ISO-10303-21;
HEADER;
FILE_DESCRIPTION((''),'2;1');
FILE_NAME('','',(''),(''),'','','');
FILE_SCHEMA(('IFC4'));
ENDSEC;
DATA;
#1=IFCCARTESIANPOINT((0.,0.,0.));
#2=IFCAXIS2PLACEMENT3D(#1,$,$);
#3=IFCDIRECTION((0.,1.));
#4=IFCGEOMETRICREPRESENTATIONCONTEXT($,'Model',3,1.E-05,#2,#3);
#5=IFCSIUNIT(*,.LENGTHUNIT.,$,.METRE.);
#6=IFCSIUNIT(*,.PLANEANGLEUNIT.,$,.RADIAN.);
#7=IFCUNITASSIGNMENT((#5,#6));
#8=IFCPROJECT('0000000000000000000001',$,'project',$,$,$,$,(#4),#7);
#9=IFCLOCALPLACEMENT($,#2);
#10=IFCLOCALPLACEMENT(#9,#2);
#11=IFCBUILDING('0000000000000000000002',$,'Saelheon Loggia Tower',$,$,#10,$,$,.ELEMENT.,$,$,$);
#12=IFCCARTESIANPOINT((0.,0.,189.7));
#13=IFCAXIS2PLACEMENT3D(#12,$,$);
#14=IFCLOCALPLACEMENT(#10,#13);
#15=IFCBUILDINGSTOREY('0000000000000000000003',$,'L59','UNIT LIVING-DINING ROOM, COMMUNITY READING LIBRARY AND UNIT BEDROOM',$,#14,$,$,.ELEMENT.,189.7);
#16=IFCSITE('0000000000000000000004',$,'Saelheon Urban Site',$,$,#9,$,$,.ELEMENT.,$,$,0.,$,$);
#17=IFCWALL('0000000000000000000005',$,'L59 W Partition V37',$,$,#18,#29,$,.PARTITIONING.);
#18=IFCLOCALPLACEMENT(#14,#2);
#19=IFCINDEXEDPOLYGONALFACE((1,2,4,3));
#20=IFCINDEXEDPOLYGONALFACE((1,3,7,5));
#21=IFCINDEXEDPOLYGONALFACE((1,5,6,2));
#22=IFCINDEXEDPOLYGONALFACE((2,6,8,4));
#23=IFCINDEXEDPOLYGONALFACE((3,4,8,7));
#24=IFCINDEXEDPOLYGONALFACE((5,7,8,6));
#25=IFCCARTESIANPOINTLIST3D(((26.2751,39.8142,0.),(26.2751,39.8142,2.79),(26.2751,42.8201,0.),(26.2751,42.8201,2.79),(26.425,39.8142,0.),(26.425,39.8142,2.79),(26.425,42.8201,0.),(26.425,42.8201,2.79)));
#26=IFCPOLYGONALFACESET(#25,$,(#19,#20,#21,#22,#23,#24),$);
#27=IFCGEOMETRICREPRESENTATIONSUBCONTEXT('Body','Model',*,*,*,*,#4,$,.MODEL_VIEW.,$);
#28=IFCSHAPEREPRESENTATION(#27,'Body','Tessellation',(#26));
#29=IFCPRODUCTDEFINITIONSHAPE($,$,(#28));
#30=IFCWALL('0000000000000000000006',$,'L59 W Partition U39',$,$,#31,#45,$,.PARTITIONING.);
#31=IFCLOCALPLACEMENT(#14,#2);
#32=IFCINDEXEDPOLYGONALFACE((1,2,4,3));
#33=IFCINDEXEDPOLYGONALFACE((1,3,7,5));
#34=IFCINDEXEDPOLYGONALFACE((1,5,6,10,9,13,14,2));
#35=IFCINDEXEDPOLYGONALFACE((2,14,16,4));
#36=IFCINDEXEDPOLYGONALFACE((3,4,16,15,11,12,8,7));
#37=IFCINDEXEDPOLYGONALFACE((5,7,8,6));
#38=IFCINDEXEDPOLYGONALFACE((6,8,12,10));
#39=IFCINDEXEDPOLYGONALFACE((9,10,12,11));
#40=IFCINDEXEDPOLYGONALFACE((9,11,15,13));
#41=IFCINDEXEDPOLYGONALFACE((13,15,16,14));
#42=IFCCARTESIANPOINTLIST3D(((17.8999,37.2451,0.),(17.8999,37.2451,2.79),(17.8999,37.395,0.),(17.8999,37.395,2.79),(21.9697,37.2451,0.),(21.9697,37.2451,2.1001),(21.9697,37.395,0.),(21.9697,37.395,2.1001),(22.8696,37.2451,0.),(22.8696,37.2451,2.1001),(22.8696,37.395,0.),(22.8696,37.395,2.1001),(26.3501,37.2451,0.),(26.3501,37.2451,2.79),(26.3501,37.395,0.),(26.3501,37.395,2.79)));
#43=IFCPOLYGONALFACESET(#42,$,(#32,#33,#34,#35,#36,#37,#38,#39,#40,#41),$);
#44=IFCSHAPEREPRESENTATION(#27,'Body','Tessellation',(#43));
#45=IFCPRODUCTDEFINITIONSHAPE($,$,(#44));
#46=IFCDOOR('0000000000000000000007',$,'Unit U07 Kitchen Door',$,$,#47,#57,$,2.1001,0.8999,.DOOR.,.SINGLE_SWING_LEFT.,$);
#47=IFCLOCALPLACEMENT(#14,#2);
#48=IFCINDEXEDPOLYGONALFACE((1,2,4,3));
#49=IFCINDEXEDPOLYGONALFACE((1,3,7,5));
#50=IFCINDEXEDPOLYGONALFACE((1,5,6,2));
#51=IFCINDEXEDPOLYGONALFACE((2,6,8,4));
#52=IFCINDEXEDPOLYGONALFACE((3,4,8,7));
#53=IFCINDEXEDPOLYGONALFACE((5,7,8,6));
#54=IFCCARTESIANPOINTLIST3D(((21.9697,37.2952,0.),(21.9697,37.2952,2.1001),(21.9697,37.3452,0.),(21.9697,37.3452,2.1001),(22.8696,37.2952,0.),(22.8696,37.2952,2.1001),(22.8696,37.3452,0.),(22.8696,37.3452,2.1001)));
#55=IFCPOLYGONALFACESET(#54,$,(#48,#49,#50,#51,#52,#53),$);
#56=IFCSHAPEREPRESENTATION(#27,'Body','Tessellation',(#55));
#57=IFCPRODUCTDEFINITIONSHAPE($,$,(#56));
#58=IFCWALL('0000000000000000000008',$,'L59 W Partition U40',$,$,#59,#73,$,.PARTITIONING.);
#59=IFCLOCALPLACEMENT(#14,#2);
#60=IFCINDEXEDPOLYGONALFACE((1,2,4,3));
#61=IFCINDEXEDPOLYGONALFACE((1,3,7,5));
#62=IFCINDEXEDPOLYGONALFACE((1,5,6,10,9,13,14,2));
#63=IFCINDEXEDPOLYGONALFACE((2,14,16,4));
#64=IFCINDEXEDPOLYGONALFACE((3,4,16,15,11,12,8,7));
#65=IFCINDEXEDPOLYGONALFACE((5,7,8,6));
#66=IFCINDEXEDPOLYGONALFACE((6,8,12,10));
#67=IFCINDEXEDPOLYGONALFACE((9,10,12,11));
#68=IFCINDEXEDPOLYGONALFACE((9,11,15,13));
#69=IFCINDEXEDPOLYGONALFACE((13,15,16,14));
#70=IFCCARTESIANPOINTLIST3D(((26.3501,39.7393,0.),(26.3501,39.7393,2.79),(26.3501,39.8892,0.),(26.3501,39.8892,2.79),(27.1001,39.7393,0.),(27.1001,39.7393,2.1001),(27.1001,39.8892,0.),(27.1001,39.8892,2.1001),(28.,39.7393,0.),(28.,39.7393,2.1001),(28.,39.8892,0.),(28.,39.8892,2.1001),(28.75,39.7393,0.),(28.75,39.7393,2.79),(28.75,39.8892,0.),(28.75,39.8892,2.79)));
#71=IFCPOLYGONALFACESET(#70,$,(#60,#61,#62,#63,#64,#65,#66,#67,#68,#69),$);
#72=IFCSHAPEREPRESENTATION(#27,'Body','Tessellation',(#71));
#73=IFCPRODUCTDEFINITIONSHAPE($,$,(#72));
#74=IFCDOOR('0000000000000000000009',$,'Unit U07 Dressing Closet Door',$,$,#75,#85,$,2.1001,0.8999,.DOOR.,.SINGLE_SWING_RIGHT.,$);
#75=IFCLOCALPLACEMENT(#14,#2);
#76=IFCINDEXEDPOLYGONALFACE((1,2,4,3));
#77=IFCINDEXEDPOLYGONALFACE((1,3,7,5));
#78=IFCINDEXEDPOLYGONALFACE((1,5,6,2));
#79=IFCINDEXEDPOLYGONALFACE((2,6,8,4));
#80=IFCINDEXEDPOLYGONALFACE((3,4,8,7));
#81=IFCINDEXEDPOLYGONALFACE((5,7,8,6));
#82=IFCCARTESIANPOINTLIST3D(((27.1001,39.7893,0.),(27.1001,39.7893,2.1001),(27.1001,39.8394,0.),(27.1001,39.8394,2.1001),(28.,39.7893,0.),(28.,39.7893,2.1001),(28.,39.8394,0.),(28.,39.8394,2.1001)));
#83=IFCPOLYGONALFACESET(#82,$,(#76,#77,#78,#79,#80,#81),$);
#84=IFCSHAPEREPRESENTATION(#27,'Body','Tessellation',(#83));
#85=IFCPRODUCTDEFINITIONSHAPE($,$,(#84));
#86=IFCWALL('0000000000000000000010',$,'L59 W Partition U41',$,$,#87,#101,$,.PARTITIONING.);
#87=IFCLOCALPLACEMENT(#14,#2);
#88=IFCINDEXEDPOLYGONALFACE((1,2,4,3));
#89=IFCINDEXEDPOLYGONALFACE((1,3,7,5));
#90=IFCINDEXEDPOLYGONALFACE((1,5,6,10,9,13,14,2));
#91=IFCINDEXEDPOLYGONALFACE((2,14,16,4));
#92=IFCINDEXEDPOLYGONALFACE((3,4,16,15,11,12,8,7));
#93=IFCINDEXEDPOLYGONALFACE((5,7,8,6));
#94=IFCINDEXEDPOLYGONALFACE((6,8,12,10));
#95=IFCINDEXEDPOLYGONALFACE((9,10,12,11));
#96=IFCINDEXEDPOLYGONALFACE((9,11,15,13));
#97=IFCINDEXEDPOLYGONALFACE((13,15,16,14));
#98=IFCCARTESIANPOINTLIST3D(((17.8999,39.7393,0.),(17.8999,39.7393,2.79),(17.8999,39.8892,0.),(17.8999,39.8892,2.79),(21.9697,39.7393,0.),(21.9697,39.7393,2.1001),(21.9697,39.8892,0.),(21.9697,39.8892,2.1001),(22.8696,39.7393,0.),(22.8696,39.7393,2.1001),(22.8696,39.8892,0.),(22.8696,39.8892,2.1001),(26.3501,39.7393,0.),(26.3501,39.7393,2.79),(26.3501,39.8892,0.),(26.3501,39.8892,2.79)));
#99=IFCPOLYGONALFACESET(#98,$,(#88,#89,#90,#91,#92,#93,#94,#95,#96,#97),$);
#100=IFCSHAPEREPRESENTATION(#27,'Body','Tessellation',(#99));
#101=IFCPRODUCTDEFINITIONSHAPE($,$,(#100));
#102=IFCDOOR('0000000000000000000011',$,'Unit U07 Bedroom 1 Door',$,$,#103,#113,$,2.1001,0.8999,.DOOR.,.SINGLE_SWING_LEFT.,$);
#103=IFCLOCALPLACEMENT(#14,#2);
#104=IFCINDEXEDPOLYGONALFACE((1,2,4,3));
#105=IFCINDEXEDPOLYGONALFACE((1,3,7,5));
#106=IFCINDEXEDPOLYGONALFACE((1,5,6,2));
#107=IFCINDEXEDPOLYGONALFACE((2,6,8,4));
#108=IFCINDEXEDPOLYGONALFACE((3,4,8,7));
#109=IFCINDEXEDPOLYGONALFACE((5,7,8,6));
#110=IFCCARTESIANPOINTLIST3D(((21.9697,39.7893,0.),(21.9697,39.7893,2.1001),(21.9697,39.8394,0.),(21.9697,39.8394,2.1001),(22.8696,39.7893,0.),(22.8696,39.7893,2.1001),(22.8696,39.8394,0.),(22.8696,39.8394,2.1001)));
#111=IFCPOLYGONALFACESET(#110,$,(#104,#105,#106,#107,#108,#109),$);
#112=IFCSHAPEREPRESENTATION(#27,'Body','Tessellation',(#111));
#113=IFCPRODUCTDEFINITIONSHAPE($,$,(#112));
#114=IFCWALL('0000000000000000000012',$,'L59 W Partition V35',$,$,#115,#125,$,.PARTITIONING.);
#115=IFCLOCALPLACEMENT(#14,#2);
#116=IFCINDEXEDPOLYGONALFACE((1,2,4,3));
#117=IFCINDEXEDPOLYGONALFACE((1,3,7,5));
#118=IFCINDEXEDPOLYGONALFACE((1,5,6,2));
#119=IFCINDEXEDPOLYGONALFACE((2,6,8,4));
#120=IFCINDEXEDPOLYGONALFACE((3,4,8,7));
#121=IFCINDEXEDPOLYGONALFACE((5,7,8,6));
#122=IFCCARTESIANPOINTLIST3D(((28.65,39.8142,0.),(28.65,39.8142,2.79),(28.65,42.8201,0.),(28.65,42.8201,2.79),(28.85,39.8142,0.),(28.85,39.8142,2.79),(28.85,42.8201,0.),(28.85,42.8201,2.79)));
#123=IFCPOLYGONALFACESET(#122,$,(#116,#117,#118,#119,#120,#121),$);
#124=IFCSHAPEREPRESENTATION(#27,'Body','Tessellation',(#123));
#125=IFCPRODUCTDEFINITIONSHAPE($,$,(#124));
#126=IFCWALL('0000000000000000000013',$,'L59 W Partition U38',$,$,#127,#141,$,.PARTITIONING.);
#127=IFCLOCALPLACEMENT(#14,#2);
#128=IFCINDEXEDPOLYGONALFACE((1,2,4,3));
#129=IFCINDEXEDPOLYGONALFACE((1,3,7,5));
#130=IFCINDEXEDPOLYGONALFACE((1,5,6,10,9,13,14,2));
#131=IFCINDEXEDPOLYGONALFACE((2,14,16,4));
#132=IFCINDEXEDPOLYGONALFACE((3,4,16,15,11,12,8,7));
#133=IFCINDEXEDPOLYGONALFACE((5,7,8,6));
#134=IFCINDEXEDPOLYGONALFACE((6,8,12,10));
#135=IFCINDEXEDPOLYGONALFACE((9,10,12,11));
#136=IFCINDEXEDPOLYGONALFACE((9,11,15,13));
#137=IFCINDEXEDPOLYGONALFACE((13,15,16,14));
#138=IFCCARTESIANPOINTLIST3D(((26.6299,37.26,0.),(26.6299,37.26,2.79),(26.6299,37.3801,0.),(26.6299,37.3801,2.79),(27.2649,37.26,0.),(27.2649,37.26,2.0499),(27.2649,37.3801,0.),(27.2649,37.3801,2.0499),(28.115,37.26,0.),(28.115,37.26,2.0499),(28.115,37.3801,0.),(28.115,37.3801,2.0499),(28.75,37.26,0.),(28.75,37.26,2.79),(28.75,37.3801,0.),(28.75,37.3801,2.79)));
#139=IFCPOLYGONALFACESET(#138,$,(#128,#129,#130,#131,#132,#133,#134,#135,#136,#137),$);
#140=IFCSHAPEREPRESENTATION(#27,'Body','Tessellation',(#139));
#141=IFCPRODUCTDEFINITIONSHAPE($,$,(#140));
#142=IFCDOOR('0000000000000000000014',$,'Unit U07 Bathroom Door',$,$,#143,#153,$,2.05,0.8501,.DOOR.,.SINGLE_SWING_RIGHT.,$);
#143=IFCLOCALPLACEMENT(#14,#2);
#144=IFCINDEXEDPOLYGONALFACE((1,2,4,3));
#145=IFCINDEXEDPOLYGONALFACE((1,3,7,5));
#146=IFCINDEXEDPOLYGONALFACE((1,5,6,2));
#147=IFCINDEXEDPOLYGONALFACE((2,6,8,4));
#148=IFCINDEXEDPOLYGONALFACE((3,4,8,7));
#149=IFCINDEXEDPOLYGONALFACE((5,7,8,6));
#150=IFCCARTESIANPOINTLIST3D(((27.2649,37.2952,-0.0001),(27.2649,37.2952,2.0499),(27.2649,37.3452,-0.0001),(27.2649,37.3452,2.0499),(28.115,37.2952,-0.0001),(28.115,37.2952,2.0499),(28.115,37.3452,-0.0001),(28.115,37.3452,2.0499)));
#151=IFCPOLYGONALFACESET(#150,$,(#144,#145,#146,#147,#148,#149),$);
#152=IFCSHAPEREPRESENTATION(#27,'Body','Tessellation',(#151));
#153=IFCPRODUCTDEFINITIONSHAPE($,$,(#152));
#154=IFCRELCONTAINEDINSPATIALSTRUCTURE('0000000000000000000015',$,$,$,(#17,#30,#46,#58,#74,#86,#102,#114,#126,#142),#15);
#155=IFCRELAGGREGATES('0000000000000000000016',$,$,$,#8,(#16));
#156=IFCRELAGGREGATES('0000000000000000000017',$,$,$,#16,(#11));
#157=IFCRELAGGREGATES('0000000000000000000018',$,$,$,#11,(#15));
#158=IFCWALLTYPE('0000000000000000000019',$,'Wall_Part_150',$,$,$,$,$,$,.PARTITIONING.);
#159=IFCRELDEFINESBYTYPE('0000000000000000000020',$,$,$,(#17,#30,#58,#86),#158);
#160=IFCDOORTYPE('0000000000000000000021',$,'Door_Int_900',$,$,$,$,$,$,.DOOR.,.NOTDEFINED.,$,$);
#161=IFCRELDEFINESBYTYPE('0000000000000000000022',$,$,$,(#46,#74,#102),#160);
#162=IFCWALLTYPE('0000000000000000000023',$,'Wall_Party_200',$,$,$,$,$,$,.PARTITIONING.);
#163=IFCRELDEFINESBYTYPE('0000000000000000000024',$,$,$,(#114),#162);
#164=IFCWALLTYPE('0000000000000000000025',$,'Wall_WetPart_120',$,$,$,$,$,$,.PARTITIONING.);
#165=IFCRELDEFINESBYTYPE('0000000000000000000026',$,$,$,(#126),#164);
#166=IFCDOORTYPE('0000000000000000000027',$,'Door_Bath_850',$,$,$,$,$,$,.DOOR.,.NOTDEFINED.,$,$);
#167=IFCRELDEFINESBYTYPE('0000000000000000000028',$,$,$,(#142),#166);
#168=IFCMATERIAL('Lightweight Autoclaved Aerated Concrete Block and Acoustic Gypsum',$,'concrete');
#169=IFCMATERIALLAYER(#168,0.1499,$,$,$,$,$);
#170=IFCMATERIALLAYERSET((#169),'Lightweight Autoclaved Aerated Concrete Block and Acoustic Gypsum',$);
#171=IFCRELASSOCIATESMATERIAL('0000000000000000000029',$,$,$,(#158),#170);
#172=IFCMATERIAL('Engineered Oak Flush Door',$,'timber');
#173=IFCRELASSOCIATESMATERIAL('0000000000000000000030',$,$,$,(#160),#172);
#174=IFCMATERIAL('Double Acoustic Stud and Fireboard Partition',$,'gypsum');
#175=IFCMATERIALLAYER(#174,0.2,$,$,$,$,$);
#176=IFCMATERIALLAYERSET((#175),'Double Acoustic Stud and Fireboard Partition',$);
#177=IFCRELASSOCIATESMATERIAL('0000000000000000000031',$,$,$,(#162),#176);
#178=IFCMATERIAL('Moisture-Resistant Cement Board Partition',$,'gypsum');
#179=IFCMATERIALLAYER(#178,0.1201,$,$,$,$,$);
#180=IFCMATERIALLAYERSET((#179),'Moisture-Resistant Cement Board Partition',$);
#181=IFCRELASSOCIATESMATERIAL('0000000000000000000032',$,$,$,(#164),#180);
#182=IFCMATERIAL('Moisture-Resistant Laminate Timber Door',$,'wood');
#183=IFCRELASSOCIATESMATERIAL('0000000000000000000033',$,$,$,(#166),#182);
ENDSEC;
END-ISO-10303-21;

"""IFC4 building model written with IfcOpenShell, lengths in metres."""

from ifc_helpers import new_model, si_unit, direction, frame, frame_2d, origin, place, context, subcontext, project, spatial, rectangle, extrude, source, transform, mapped, material, layer, layer_set, type_object, element, fill, save


model = new_model("IFC4")

# Units and contexts
model_context = context("Model", 3, precision=1e-05, world=origin(), true_north=direction((0.0, 1.0)))
body_context = subcontext(model_context, "Body", "Model", "MODEL_VIEW")
ifc_project = project(units=[si_unit("LENGTHUNIT", "METRE"), si_unit("PLANEANGLEUNIT", "RADIAN")], contexts=[model_context])

# Site, building, storey
site_placement = place(None, origin())
site = spatial("IfcSite", under=ifc_project, at=site_placement, Name="Saelheon Urban Site", CompositionType="ELEMENT", RefElevation=0.0)
building_placement = place(site_placement, origin())
building = spatial("IfcBuilding", under=site, at=building_placement, Name="Saelheon Loggia Tower", CompositionType="ELEMENT")
storey_placement = place(building_placement, frame((0.0, 0.0, 189.7)))
storey = spatial("IfcBuildingStorey", under=building, at=storey_placement, Name="L59", Description="UNIT LIVING-DINING ROOM, COMMUNITY READING LIBRARY AND UNIT BEDROOM", CompositionType="ELEMENT", Elevation=189.7)

# Wall
ifc_material_1 = material(Name="Lightweight Autoclaved Aerated Concrete Block and Acoustic Gypsum", Category="concrete")
ifc_layer_1 = layer(ifc_material_1, 0.1499)
ifc_layer_set_1 = layer_set([ifc_layer_1], Name="Lightweight Autoclaved Aerated Concrete Block and Acoustic Gypsum")
wall_type_1 = type_object("IfcWallType", Name="Wall_Part_150", PredefinedType="PARTITIONING", material=ifc_layer_set_1)
wall_1_placement = place(storey_placement, frame((26.3501, 39.8142, 0.0), z_axis=(0.0, 0.0, 1.0), x_axis=(0.0, 1.0, 0.0)))
element("IfcWall", 1, at=wall_1_placement, inside=storey, type_object=wall_type_1, Name="L59 W Partition V37", PredefinedType="PARTITIONING", context=body_context, shape_type="SweptSolid", body=[
    extrude(rectangle(XDim=3.0059, YDim=0.1499, at=frame_2d((1.5029, 0.0))), origin(), (0.0, 0.0, 1.0), 2.79),
])

# Walls, openings, doors
wall_2_placement = place(storey_placement, frame((26.3501, 37.3201, 0.0), z_axis=(0.0, 0.0, 1.0), x_axis=(-1.0, 0.0, 0.0)))
wall_2 = element("IfcWall", 2, at=wall_2_placement, inside=storey, type_object=wall_type_1, Name="L59 W Partition U39", PredefinedType="PARTITIONING", context=body_context, shape_type="SweptSolid", body=[
    extrude(rectangle(XDim=8.4502, YDim=0.1499, at=frame_2d((4.2251, 0.0))), origin(), (0.0, 0.0, 1.0), 2.79),
])
opening_1_placement = place(wall_2_placement, frame((3.4805, 0.0, 0.0)))
opening_1 = element("IfcOpeningElement", 3, at=opening_1_placement, cuts=wall_2, PredefinedType="OPENING", context=body_context, shape_type="SweptSolid", body=[
    extrude(rectangle(XDim=0.8999, YDim=2.1001, at=frame_2d((0.45, 1.05))), frame((0.0, 0.0869, 0.0), z_axis=(0.0, -1.0, 0.0), x_axis=(1.0, 0.0, 0.0)), (0.0, 0.0, 1.0), 0.1738),
])
ifc_material_2 = material(Name="Engineered Oak Flush Door", Category="timber")
door_type_1 = type_object("IfcDoorType", Name="Door_Int_900", OperationType="NOTDEFINED", PredefinedType="DOOR", material=ifc_material_2)
shared_shape_1 = source(origin(), body_context, "Body", "SweptSolid", [
    extrude(rectangle(XDim=0.8999, YDim=2.1001, at=frame_2d((0.45, 1.05))), frame((0.0, 0.0249, 0.0), z_axis=(0.0, -1.0, 0.0), x_axis=(1.0, 0.0, 0.0)), (0.0, 0.0, 1.0), 0.05),
])
door_1_placement = place(opening_1_placement, origin())
door_1 = element("IfcDoor", 4, at=door_1_placement, inside=storey, type_object=door_type_1, Name="Unit U07 Kitchen Door", OperationType="SINGLE_SWING_LEFT", OverallHeight=2.1001, OverallWidth=0.8999, PredefinedType="DOOR", context=body_context, shape_type="MappedRepresentation", body=[
    mapped(shared_shape_1, transform((0.0, 0.0, 0.0), scale=1.0)),
])
fill(opening_1, door_1)
wall_3_placement = place(storey_placement, frame((28.75, 39.8142, 0.0), z_axis=(0.0, 0.0, 1.0), x_axis=(-1.0, 0.0, 0.0)))
wall_3 = element("IfcWall", 5, at=wall_3_placement, inside=storey, type_object=wall_type_1, Name="L59 W Partition U40", PredefinedType="PARTITIONING", context=body_context, shape_type="SweptSolid", body=[
    extrude(rectangle(XDim=2.3999, YDim=0.1499, at=frame_2d((1.2, 0.0))), origin(), (0.0, 0.0, 1.0), 2.79),
])
opening_2_placement = place(wall_3_placement, frame((0.75, 0.0, 0.0)))
opening_2 = element("IfcOpeningElement", 6, at=opening_2_placement, cuts=wall_3, PredefinedType="OPENING", context=body_context, shape_type="SweptSolid", body=[
    extrude(rectangle(XDim=0.8999, YDim=2.1001, at=frame_2d((0.45, 1.05))), frame((0.0, 0.0869, 0.0), z_axis=(0.0, -1.0, 0.0), x_axis=(1.0, 0.0, 0.0)), (0.0, 0.0, 1.0), 0.1738),
])
door_2_placement = place(opening_2_placement, origin())
door_2 = element("IfcDoor", 7, at=door_2_placement, inside=storey, type_object=door_type_1, Name="Unit U07 Dressing Closet Door", OperationType="SINGLE_SWING_RIGHT", OverallHeight=2.1001, OverallWidth=0.8999, PredefinedType="DOOR", context=body_context, shape_type="MappedRepresentation", body=[
    mapped(shared_shape_1, transform((0.0, 0.0, 0.0), scale=1.0)),
])
fill(opening_2, door_2)
wall_4_placement = place(storey_placement, frame((26.3501, 39.8142, 0.0), z_axis=(0.0, 0.0, 1.0), x_axis=(-1.0, 0.0, 0.0)))
wall_4 = element("IfcWall", 8, at=wall_4_placement, inside=storey, type_object=wall_type_1, Name="L59 W Partition U41", PredefinedType="PARTITIONING", context=body_context, shape_type="SweptSolid", body=[
    extrude(rectangle(XDim=8.4502, YDim=0.1499, at=frame_2d((4.2251, 0.0))), origin(), (0.0, 0.0, 1.0), 2.79),
])
opening_3_placement = place(wall_4_placement, frame((3.4805, 0.0, 0.0)))
opening_3 = element("IfcOpeningElement", 9, at=opening_3_placement, cuts=wall_4, PredefinedType="OPENING", context=body_context, shape_type="SweptSolid", body=[
    extrude(rectangle(XDim=0.8999, YDim=2.1001, at=frame_2d((0.45, 1.05))), frame((0.0, 0.0869, 0.0), z_axis=(0.0, -1.0, 0.0), x_axis=(1.0, 0.0, 0.0)), (0.0, 0.0, 1.0), 0.1738),
])
door_3_placement = place(opening_3_placement, origin())
door_3 = element("IfcDoor", 10, at=door_3_placement, inside=storey, type_object=door_type_1, Name="Unit U07 Bedroom 1 Door", OperationType="SINGLE_SWING_LEFT", OverallHeight=2.1001, OverallWidth=0.8999, PredefinedType="DOOR", context=body_context, shape_type="MappedRepresentation", body=[
    mapped(shared_shape_1, transform((0.0, 0.0, 0.0), scale=1.0)),
])
fill(opening_3, door_3)
ifc_material_3 = material(Name="Double Acoustic Stud and Fireboard Partition", Category="gypsum")
ifc_layer_2 = layer(ifc_material_3, 0.2)
ifc_layer_set_2 = layer_set([ifc_layer_2], Name="Double Acoustic Stud and Fireboard Partition")
wall_type_2 = type_object("IfcWallType", Name="Wall_Party_200", PredefinedType="PARTITIONING", material=ifc_layer_set_2)

# Wall
wall_5_placement = place(storey_placement, frame((28.75, 39.8142, 0.0), z_axis=(0.0, 0.0, 1.0), x_axis=(0.0, 1.0, 0.0)))
element("IfcWall", 11, at=wall_5_placement, inside=storey, type_object=wall_type_2, Name="L59 W Partition V35", PredefinedType="PARTITIONING", context=body_context, shape_type="SweptSolid", body=[
    extrude(rectangle(XDim=3.0059, YDim=0.2, at=frame_2d((1.5029, 0.0))), origin(), (0.0, 0.0, 1.0), 2.79),
])

# Wall, opening, door
ifc_material_4 = material(Name="Moisture-Resistant Cement Board Partition", Category="gypsum")
ifc_layer_3 = layer(ifc_material_4, 0.1201)
ifc_layer_set_3 = layer_set([ifc_layer_3], Name="Moisture-Resistant Cement Board Partition")
wall_type_3 = type_object("IfcWallType", Name="Wall_WetPart_120", PredefinedType="PARTITIONING", material=ifc_layer_set_3)
wall_6_placement = place(storey_placement, frame((28.75, 37.3201, 0.0), z_axis=(0.0, 0.0, 1.0), x_axis=(-1.0, 0.0, 0.0)))
wall_6 = element("IfcWall", 12, at=wall_6_placement, inside=storey, type_object=wall_type_3, Name="L59 W Partition U38", PredefinedType="PARTITIONING", context=body_context, shape_type="SweptSolid", body=[
    extrude(rectangle(XDim=2.1201, YDim=0.1201, at=frame_2d((1.0601, 0.0))), origin(), (0.0, 0.0, 1.0), 2.79),
])
opening_4_placement = place(wall_6_placement, frame((0.635, 0.0, 0.0)))
opening_4 = element("IfcOpeningElement", 13, at=opening_4_placement, cuts=wall_6, PredefinedType="OPENING", context=body_context, shape_type="SweptSolid", body=[
    extrude(rectangle(XDim=0.8501, YDim=2.05, at=frame_2d((0.425, 1.0249))), frame((0.0, 0.072, 0.0), z_axis=(0.0, -1.0, 0.0), x_axis=(1.0, 0.0, 0.0)), (0.0, 0.0, 1.0), 0.144),
])
ifc_material_5 = material(Name="Moisture-Resistant Laminate Timber Door", Category="wood")
door_type_2 = type_object("IfcDoorType", Name="Door_Bath_850", OperationType="NOTDEFINED", PredefinedType="DOOR", material=ifc_material_5)
shared_shape_2 = source(origin(), body_context, "Body", "SweptSolid", [
    extrude(rectangle(XDim=0.8501, YDim=2.05, at=frame_2d((0.425, 1.0249))), frame((0.0, 0.0249, 0.0), z_axis=(0.0, -1.0, 0.0), x_axis=(1.0, 0.0, 0.0)), (0.0, 0.0, 1.0), 0.05),
])
door_4_placement = place(opening_4_placement, origin())
door_4 = element("IfcDoor", 14, at=door_4_placement, inside=storey, type_object=door_type_2, Name="Unit U07 Bathroom Door", OperationType="SINGLE_SWING_RIGHT", OverallHeight=2.05, OverallWidth=0.8501, PredefinedType="DOOR", context=body_context, shape_type="MappedRepresentation", body=[
    mapped(shared_shape_2, transform((0.0, 0.0, 0.0), scale=1.0)),
])
fill(opening_4, door_4)

save(model, "model.ifc")
